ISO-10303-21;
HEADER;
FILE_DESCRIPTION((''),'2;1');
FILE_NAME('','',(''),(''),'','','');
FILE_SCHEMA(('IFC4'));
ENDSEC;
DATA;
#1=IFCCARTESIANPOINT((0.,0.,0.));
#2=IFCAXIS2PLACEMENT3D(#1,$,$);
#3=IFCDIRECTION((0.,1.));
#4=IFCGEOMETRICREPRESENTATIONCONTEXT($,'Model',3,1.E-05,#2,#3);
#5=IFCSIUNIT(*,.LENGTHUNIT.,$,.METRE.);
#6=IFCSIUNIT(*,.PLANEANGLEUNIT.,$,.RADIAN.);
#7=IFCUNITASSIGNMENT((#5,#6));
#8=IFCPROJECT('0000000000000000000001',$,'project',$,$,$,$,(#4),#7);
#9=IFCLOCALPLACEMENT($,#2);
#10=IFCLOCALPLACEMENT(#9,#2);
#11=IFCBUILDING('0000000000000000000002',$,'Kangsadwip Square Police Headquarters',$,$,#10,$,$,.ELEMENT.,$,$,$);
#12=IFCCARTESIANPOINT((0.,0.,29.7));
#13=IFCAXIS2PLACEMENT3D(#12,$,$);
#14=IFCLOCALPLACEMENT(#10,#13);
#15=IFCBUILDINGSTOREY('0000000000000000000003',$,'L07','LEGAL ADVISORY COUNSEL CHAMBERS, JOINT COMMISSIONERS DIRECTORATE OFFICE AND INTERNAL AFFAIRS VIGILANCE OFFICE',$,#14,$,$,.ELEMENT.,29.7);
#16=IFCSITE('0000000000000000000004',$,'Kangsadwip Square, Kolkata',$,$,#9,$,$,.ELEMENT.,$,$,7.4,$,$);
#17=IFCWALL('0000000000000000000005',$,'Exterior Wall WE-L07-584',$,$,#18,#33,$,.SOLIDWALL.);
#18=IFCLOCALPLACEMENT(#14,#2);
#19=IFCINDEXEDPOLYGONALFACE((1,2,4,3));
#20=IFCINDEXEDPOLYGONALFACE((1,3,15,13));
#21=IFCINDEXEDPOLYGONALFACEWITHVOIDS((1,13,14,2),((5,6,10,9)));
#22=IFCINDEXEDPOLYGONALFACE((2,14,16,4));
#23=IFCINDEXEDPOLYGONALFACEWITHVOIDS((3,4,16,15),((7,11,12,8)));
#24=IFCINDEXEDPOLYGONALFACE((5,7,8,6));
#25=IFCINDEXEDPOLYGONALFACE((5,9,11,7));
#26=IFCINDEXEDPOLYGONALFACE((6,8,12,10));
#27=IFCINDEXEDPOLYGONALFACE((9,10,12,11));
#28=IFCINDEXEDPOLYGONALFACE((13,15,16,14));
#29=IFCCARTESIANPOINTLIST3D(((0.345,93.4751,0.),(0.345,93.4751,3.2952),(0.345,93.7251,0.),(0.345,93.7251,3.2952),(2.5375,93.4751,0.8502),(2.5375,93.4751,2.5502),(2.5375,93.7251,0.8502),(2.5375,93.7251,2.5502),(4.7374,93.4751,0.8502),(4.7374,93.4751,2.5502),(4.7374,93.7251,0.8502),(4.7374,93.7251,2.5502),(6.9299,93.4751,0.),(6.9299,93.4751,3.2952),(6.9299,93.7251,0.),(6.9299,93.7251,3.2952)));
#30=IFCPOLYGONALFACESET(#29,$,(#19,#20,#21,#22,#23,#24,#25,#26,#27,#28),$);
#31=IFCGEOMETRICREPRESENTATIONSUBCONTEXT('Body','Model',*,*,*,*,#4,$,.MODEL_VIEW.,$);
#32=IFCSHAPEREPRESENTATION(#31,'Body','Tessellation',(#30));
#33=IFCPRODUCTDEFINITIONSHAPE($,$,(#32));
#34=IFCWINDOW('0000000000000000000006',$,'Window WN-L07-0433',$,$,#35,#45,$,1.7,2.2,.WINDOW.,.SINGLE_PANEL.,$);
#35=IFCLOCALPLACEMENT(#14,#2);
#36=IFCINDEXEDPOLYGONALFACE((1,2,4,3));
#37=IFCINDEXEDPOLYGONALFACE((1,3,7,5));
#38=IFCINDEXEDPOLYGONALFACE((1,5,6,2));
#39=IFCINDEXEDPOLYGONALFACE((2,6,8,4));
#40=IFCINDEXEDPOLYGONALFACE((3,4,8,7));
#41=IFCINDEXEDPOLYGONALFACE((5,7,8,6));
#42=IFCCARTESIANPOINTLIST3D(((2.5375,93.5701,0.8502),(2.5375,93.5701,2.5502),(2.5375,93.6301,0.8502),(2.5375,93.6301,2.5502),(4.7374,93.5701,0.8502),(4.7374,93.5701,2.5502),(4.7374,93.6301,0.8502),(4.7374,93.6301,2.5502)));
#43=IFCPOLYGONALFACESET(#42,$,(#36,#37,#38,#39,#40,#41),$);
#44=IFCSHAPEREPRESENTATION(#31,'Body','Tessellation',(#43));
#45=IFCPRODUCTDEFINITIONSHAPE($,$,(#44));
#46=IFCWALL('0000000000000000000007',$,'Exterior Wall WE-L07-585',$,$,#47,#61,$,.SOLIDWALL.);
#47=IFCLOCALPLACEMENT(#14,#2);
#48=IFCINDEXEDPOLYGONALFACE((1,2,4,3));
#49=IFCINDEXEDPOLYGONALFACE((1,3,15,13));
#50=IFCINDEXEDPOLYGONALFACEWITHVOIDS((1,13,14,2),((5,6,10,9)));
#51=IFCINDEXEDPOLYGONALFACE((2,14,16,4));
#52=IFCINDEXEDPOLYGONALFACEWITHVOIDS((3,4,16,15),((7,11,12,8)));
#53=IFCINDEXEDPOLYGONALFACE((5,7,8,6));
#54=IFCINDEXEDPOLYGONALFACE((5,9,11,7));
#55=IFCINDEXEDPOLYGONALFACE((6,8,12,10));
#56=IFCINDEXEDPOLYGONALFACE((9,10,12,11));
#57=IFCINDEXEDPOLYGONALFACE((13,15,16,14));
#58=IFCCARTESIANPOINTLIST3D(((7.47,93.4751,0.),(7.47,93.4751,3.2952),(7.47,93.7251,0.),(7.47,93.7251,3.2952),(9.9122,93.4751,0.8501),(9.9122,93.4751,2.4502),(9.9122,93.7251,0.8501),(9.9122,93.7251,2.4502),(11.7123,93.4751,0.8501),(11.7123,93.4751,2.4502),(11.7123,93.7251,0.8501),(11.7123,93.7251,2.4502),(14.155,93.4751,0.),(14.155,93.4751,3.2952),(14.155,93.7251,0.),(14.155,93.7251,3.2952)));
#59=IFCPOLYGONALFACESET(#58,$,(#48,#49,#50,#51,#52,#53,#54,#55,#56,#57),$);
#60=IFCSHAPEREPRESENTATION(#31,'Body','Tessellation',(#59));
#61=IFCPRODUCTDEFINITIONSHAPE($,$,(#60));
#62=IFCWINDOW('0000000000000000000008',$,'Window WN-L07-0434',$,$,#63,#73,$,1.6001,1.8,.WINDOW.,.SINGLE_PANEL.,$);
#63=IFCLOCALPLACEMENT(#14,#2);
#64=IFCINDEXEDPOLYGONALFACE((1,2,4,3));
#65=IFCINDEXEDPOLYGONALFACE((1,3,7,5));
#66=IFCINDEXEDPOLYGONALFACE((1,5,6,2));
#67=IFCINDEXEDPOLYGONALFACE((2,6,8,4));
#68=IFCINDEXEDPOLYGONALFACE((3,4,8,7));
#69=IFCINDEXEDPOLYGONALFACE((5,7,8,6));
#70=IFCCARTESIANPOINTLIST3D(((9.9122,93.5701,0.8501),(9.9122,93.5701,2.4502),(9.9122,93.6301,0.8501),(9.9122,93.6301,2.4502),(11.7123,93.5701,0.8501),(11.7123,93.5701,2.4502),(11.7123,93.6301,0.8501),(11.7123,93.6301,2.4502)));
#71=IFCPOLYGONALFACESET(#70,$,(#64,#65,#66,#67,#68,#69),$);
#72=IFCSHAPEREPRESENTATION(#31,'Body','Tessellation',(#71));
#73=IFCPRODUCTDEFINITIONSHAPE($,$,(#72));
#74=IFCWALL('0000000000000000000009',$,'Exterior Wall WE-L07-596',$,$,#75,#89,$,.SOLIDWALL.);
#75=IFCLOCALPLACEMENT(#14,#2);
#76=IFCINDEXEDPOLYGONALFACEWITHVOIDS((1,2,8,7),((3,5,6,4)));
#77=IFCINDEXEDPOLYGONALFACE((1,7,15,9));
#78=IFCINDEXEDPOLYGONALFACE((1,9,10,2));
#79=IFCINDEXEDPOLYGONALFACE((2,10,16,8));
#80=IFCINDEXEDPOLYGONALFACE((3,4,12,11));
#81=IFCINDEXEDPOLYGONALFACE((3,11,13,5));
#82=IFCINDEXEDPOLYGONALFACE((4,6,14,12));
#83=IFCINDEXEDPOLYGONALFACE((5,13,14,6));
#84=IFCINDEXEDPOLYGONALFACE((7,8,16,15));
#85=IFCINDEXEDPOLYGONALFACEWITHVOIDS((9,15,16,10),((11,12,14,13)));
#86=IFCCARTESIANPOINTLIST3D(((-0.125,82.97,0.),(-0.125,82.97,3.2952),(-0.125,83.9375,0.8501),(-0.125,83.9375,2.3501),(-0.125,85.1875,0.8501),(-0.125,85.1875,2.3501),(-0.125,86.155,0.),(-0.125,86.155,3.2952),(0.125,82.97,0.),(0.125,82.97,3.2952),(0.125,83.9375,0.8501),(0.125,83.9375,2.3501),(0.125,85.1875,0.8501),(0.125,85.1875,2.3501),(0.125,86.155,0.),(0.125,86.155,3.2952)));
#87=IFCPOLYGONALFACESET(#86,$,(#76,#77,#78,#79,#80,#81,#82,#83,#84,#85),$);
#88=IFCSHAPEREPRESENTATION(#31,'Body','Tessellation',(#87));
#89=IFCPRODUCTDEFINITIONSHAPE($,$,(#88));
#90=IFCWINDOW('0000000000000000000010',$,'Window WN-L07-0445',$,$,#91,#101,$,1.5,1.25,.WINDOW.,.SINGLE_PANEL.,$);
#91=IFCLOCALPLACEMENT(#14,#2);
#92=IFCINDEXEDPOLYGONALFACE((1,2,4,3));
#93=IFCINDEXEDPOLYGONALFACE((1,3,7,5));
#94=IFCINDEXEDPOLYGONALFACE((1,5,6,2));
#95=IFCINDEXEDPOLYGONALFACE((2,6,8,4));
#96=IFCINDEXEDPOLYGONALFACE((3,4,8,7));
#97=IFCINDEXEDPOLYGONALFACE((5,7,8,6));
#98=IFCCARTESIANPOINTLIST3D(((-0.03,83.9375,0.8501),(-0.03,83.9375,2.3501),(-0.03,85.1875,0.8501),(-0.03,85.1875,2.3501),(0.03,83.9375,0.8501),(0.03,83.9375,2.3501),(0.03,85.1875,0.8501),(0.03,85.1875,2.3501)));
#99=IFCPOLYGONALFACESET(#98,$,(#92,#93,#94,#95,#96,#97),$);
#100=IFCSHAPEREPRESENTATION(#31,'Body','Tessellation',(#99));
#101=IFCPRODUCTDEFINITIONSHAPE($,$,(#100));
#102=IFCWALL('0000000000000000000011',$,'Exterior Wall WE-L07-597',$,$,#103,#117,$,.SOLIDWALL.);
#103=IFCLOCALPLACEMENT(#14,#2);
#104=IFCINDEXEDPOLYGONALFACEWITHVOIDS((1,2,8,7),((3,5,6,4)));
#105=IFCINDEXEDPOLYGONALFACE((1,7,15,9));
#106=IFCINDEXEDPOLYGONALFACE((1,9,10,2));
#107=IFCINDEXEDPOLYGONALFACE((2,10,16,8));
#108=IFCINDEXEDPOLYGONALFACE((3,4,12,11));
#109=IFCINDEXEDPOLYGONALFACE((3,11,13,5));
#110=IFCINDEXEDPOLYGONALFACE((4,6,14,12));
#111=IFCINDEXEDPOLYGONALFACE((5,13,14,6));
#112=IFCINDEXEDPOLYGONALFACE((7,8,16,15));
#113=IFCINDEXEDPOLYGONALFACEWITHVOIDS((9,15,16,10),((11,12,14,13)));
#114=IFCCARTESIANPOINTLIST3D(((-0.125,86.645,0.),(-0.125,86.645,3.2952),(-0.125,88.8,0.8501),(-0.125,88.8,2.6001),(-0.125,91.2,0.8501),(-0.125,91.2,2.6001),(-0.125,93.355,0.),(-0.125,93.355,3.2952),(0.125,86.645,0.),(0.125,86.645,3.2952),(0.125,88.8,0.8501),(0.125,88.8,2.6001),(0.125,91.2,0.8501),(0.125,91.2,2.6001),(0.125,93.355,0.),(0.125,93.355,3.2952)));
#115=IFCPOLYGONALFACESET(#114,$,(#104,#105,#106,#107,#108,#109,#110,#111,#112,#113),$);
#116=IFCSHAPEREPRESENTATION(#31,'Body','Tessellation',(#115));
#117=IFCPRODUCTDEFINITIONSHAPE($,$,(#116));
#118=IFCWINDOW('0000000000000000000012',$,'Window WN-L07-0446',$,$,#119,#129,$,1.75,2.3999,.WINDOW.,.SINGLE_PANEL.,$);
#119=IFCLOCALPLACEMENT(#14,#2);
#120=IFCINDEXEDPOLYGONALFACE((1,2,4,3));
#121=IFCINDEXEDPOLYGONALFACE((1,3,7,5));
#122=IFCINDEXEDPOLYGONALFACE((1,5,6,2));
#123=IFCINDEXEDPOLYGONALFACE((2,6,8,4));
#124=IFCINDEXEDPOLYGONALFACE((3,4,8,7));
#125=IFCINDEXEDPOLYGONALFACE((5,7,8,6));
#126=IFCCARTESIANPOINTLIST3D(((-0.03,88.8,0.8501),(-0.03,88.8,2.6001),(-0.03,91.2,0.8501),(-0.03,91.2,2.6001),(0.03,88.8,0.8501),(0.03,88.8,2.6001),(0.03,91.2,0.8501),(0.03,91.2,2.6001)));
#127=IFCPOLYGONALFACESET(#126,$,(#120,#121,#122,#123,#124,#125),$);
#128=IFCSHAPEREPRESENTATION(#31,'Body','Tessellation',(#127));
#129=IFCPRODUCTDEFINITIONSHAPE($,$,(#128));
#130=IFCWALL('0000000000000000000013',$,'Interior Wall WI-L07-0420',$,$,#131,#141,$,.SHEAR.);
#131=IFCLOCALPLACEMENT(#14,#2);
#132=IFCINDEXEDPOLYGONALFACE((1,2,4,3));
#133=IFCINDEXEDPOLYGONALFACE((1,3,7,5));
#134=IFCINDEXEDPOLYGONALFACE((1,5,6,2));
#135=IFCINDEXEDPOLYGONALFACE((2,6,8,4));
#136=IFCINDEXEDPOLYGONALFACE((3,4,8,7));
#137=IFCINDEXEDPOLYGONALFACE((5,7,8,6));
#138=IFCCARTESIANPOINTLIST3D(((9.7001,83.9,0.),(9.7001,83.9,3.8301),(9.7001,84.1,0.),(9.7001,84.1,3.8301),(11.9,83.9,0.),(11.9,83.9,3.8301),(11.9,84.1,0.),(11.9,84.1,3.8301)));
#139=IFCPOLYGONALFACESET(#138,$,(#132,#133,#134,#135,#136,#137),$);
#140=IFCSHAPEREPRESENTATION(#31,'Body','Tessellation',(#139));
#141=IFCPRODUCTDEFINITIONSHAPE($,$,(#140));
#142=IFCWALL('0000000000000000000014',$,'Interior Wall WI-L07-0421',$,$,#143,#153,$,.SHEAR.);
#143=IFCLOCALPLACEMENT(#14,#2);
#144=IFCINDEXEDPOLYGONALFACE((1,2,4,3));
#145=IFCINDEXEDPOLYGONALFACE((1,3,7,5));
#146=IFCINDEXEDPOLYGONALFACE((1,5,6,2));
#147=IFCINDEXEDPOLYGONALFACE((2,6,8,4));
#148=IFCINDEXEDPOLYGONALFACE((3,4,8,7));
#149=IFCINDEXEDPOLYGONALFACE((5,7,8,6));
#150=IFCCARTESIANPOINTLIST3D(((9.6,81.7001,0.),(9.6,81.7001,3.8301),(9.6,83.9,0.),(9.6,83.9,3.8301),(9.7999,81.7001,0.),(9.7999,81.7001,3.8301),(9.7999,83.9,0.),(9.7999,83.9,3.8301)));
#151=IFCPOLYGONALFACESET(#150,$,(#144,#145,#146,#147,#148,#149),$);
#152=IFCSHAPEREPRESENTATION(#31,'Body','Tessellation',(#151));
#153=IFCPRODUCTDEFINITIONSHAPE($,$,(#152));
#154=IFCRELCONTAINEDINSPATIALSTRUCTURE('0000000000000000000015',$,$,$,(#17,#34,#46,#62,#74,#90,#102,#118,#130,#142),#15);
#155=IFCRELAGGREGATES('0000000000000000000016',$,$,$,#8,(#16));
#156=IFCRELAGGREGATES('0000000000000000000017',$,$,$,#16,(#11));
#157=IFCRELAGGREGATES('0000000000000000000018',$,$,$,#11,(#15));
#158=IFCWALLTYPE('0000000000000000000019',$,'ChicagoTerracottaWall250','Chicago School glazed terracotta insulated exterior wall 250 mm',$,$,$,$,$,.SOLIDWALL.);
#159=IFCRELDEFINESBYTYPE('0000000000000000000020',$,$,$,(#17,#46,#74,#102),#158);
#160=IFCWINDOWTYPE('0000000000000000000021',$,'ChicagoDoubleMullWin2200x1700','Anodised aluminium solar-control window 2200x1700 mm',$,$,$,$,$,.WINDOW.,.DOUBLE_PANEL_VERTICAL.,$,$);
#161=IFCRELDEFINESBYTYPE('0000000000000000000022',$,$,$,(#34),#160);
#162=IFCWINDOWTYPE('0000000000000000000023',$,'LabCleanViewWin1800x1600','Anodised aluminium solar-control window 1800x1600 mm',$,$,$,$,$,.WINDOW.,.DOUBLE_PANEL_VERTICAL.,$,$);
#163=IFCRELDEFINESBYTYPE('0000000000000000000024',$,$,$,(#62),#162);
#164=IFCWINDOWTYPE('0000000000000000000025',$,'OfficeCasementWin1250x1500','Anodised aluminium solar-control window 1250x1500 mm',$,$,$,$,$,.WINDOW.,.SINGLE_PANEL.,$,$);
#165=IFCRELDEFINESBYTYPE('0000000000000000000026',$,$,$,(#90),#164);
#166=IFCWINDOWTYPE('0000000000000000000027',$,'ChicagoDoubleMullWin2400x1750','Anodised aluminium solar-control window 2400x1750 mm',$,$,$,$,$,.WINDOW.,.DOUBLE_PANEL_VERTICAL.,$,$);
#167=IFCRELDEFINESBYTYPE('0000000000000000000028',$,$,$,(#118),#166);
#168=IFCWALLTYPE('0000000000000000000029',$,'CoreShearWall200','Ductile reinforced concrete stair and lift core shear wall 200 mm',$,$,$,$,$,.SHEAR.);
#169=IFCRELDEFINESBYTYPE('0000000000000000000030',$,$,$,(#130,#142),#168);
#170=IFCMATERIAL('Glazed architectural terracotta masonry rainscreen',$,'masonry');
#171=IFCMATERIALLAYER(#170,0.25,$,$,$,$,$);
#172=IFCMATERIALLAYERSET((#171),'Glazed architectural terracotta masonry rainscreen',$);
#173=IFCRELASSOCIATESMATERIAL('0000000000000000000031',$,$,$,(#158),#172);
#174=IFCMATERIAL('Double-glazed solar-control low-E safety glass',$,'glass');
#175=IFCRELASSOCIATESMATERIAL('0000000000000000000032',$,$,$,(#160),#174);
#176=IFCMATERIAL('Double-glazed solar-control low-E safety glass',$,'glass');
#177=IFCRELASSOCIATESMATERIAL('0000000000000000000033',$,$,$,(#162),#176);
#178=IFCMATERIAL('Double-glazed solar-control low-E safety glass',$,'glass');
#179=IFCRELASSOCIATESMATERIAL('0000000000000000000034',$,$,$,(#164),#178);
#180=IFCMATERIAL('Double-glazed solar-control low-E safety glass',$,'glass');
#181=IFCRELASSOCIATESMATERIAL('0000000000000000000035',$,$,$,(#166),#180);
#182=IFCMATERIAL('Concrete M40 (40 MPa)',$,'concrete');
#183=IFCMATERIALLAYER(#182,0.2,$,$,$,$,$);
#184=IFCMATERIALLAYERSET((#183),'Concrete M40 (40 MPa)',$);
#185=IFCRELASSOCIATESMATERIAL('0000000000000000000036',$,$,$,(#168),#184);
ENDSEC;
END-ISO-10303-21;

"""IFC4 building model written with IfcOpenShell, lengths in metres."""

from ifc_helpers import new_model, si_unit, direction, frame, frame_2d, origin, place, context, subcontext, project, spatial, rectangle, extrude, material, layer, layer_set, type_object, element, fill, save


model = new_model("IFC4")

# Units and contexts
model_context = context("Model", 3, precision=1e-05, world=origin(), true_north=direction((0.0, 1.0)))
body_context = subcontext(model_context, "Body", "Model", "MODEL_VIEW")
ifc_project = project(units=[si_unit("LENGTHUNIT", "METRE"), si_unit("PLANEANGLEUNIT", "RADIAN")], contexts=[model_context])

# Site, building, storey
site_placement = place(None, origin())
site = spatial("IfcSite", under=ifc_project, at=site_placement, Name="Kangsadwip Square, Kolkata", CompositionType="ELEMENT", RefElevation=7.4)
building_placement = place(site_placement, origin())
building = spatial("IfcBuilding", under=site, at=building_placement, Name="Kangsadwip Square Police Headquarters", CompositionType="ELEMENT")
storey_placement = place(building_placement, frame((0.0, 0.0, 29.7)))
storey = spatial("IfcBuildingStorey", under=building, at=storey_placement, Name="L07", Description="LEGAL ADVISORY COUNSEL CHAMBERS, JOINT COMMISSIONERS DIRECTORATE OFFICE AND INTERNAL AFFAIRS VIGILANCE OFFICE", CompositionType="ELEMENT", Elevation=29.7)

# Walls, openings, windows
ifc_material_1 = material(Name="Glazed architectural terracotta masonry rainscreen", Category="masonry")
ifc_layer_1 = layer(ifc_material_1, 0.25)
ifc_layer_set_1 = layer_set([ifc_layer_1], Name="Glazed architectural terracotta masonry rainscreen")
wall_type_1 = type_object("IfcWallType", Name="ChicagoTerracottaWall250", Description="Chicago School glazed terracotta insulated exterior wall 250 mm", PredefinedType="SOLIDWALL", material=ifc_layer_set_1)
wall_1_placement = place(storey_placement, frame((0.345, 93.6001, 0.0), z_axis=(0.0, 0.0, 1.0), x_axis=(1.0, 0.0, 0.0)))
wall_1 = element("IfcWall", 1, at=wall_1_placement, inside=storey, type_object=wall_type_1, Name="Exterior Wall WE-L07-584", PredefinedType="SOLIDWALL", context=body_context, shape_type="SweptSolid", body=[
    extrude(rectangle(XDim=6.585, YDim=0.25, at=frame_2d((3.2925, 0.0))), origin(), (0.0, 0.0, 1.0), 3.2952),
])
opening_1_placement = place(wall_1_placement, frame((2.1924, 0.0, 0.8501)))
opening_1 = element("IfcOpeningElement", 2, at=opening_1_placement, cuts=wall_1, PredefinedType="OPENING", context=body_context, shape_type="SweptSolid", body=[
    extrude(rectangle(XDim=2.2, YDim=1.7, at=frame_2d((1.1001, 0.8501))), frame((0.0, 0.135, 0.0), z_axis=(0.0, -1.0, 0.0), x_axis=(1.0, 0.0, 0.0)), (0.0, 0.0, 1.0), 0.27),
])
ifc_material_2 = material(Name="Double-glazed solar-control low-E safety glass", Category="glass")
window_type_1 = type_object("IfcWindowType", Name="ChicagoDoubleMullWin2200x1700", Description="Anodised aluminium solar-control window 2200x1700 mm", PartitioningType="DOUBLE_PANEL_VERTICAL", PredefinedType="WINDOW", material=ifc_material_2)
window_1_placement = place(opening_1_placement, origin())
window_1 = element("IfcWindow", 3, at=window_1_placement, inside=storey, type_object=window_type_1, Name="Window WN-L07-0433", OverallHeight=1.7, OverallWidth=2.2, PartitioningType="SINGLE_PANEL", PredefinedType="WINDOW", context=body_context, shape_type="SweptSolid", body=[
    extrude(rectangle(XDim=2.2, YDim=1.7, at=frame_2d((1.1001, 0.8501))), frame((0.0, 0.03, 0.0), z_axis=(0.0, -1.0, 0.0), x_axis=(1.0, 0.0, 0.0)), (0.0, 0.0, 1.0), 0.0601),
])
fill(opening_1, window_1)
wall_2_placement = place(storey_placement, frame((7.47, 93.6001, 0.0), z_axis=(0.0, 0.0, 1.0), x_axis=(1.0, 0.0, 0.0)))
wall_2 = element("IfcWall", 4, at=wall_2_placement, inside=storey, type_object=wall_type_1, Name="Exterior Wall WE-L07-585", PredefinedType="SOLIDWALL", context=body_context, shape_type="SweptSolid", body=[
    extrude(rectangle(XDim=6.6851, YDim=0.25, at=frame_2d((3.3425, 0.0))), origin(), (0.0, 0.0, 1.0), 3.2952),
])
opening_2_placement = place(wall_2_placement, frame((2.4424, 0.0, 0.8501)))
opening_2 = element("IfcOpeningElement", 5, at=opening_2_placement, cuts=wall_2, PredefinedType="OPENING", context=body_context, shape_type="SweptSolid", body=[
    extrude(rectangle(XDim=1.8, YDim=1.6001, at=frame_2d((0.8999, 0.8))), frame((0.0, 0.135, 0.0), z_axis=(0.0, -1.0, 0.0), x_axis=(1.0, 0.0, 0.0)), (0.0, 0.0, 1.0), 0.27),
])
ifc_material_3 = material(Name="Double-glazed solar-control low-E safety glass", Category="glass")
window_type_2 = type_object("IfcWindowType", Name="LabCleanViewWin1800x1600", Description="Anodised aluminium solar-control window 1800x1600 mm", PartitioningType="DOUBLE_PANEL_VERTICAL", PredefinedType="WINDOW", material=ifc_material_3)
window_2_placement = place(opening_2_placement, origin())
window_2 = element("IfcWindow", 6, at=window_2_placement, inside=storey, type_object=window_type_2, Name="Window WN-L07-0434", OverallHeight=1.6001, OverallWidth=1.8, PartitioningType="SINGLE_PANEL", PredefinedType="WINDOW", context=body_context, shape_type="SweptSolid", body=[
    extrude(rectangle(XDim=1.8, YDim=1.6001, at=frame_2d((0.8999, 0.8))), frame((0.0, 0.03, 0.0), z_axis=(0.0, -1.0, 0.0), x_axis=(1.0, 0.0, 0.0)), (0.0, 0.0, 1.0), 0.0601),
])
fill(opening_2, window_2)
wall_3_placement = place(storey_placement, frame((0.0, 82.97, 0.0), z_axis=(0.0, 0.0, 1.0), x_axis=(0.0, 1.0, 0.0)))
wall_3 = element("IfcWall", 7, at=wall_3_placement, inside=storey, type_object=wall_type_1, Name="Exterior Wall WE-L07-596", PredefinedType="SOLIDWALL", context=body_context, shape_type="SweptSolid", body=[
    extrude(rectangle(XDim=3.1851, YDim=0.25, at=frame_2d((1.5925, 0.0))), origin(), (0.0, 0.0, 1.0), 3.2952),
])
opening_3_placement = place(wall_3_placement, frame((0.9675, 0.0, 0.8501)))
opening_3 = element("IfcOpeningElement", 8, at=opening_3_placement, cuts=wall_3, PredefinedType="OPENING", context=body_context, shape_type="SweptSolid", body=[
    extrude(rectangle(XDim=1.25, YDim=1.5, at=frame_2d((0.625, 0.75))), frame((0.0, 0.135, 0.0), z_axis=(0.0, -1.0, 0.0), x_axis=(1.0, 0.0, 0.0)), (0.0, 0.0, 1.0), 0.27),
])
ifc_material_4 = material(Name="Double-glazed solar-control low-E safety glass", Category="glass")
window_type_3 = type_object("IfcWindowType", Name="OfficeCasementWin1250x1500", Description="Anodised aluminium solar-control window 1250x1500 mm", PartitioningType="SINGLE_PANEL", PredefinedType="WINDOW", material=ifc_material_4)
window_3_placement = place(opening_3_placement, origin())
window_3 = element("IfcWindow", 9, at=window_3_placement, inside=storey, type_object=window_type_3, Name="Window WN-L07-0445", OverallHeight=1.5, OverallWidth=1.25, PartitioningType="SINGLE_PANEL", PredefinedType="WINDOW", context=body_context, shape_type="SweptSolid", body=[
    extrude(rectangle(XDim=1.25, YDim=1.5, at=frame_2d((0.625, 0.75))), frame((0.0, 0.03, 0.0), z_axis=(0.0, -1.0, 0.0), x_axis=(1.0, 0.0, 0.0)), (0.0, 0.0, 1.0), 0.0601),
])
fill(opening_3, window_3)
wall_4_placement = place(storey_placement, frame((0.0, 86.645, 0.0), z_axis=(0.0, 0.0, 1.0), x_axis=(0.0, 1.0, 0.0)))
wall_4 = element("IfcWall", 10, at=wall_4_placement, inside=storey, type_object=wall_type_1, Name="Exterior Wall WE-L07-597", PredefinedType="SOLIDWALL", context=body_context, shape_type="SweptSolid", body=[
    extrude(rectangle(XDim=6.71, YDim=0.25, at=frame_2d((3.355, 0.0))), origin(), (0.0, 0.0, 1.0), 3.2952),
])
opening_4_placement = place(wall_4_placement, frame((2.155, 0.0, 0.8501)))
opening_4 = element("IfcOpeningElement", 11, at=opening_4_placement, cuts=wall_4, PredefinedType="OPENING", context=body_context, shape_type="SweptSolid", body=[
    extrude(rectangle(XDim=2.3999, YDim=1.75, at=frame_2d((1.2, 0.875))), frame((0.0, 0.135, 0.0), z_axis=(0.0, -1.0, 0.0), x_axis=(1.0, 0.0, 0.0)), (0.0, 0.0, 1.0), 0.27),
])
ifc_material_5 = material(Name="Double-glazed solar-control low-E safety glass", Category="glass")
window_type_4 = type_object("IfcWindowType", Name="ChicagoDoubleMullWin2400x1750", Description="Anodised aluminium solar-control window 2400x1750 mm", PartitioningType="DOUBLE_PANEL_VERTICAL", PredefinedType="WINDOW", material=ifc_material_5)
window_4_placement = place(opening_4_placement, origin())
window_4 = element("IfcWindow", 12, at=window_4_placement, inside=storey, type_object=window_type_4, Name="Window WN-L07-0446", OverallHeight=1.75, OverallWidth=2.3999, PartitioningType="SINGLE_PANEL", PredefinedType="WINDOW", context=body_context, shape_type="SweptSolid", body=[
    extrude(rectangle(XDim=2.3999, YDim=1.75, at=frame_2d((1.2, 0.875))), frame((0.0, 0.03, 0.0), z_axis=(0.0, -1.0, 0.0), x_axis=(1.0, 0.0, 0.0)), (0.0, 0.0, 1.0), 0.0601),
])
fill(opening_4, window_4)

# Walls
ifc_material_6 = material(Name="Concrete M40 (40 MPa)", Category="concrete")
ifc_layer_2 = layer(ifc_material_6, 0.2)
ifc_layer_set_2 = layer_set([ifc_layer_2], Name="Concrete M40 (40 MPa)")
wall_type_2 = type_object("IfcWallType", Name="CoreShearWall200", Description="Ductile reinforced concrete stair and lift core shear wall 200 mm", PredefinedType="SHEAR", material=ifc_layer_set_2)
for number, where, z_axis, x_axis, name in (
    (13, (9.7, 84.0, 0.0), (0.0, 0.0, 1.0), (1.0, 0.0, 0.0), "Interior Wall WI-L07-0420"),
    (14, (9.7, 81.7, 0.0), (0.0, 0.0, 1.0), (0.0, 1.0, 0.0), "Interior Wall WI-L07-0421"),
):
    element("IfcWall", number, at=place(storey_placement, frame(where, z_axis=z_axis, x_axis=x_axis)), inside=storey, type_object=wall_type_2, Name=name, PredefinedType="SHEAR", context=body_context, shape_type="SweptSolid", body=[
        extrude(rectangle(XDim=2.2, YDim=0.2, at=frame_2d((1.1001, 0.0))), origin(), (0.0, 0.0, 1.0), 3.8301),
    ])

save(model, "model.ifc")
